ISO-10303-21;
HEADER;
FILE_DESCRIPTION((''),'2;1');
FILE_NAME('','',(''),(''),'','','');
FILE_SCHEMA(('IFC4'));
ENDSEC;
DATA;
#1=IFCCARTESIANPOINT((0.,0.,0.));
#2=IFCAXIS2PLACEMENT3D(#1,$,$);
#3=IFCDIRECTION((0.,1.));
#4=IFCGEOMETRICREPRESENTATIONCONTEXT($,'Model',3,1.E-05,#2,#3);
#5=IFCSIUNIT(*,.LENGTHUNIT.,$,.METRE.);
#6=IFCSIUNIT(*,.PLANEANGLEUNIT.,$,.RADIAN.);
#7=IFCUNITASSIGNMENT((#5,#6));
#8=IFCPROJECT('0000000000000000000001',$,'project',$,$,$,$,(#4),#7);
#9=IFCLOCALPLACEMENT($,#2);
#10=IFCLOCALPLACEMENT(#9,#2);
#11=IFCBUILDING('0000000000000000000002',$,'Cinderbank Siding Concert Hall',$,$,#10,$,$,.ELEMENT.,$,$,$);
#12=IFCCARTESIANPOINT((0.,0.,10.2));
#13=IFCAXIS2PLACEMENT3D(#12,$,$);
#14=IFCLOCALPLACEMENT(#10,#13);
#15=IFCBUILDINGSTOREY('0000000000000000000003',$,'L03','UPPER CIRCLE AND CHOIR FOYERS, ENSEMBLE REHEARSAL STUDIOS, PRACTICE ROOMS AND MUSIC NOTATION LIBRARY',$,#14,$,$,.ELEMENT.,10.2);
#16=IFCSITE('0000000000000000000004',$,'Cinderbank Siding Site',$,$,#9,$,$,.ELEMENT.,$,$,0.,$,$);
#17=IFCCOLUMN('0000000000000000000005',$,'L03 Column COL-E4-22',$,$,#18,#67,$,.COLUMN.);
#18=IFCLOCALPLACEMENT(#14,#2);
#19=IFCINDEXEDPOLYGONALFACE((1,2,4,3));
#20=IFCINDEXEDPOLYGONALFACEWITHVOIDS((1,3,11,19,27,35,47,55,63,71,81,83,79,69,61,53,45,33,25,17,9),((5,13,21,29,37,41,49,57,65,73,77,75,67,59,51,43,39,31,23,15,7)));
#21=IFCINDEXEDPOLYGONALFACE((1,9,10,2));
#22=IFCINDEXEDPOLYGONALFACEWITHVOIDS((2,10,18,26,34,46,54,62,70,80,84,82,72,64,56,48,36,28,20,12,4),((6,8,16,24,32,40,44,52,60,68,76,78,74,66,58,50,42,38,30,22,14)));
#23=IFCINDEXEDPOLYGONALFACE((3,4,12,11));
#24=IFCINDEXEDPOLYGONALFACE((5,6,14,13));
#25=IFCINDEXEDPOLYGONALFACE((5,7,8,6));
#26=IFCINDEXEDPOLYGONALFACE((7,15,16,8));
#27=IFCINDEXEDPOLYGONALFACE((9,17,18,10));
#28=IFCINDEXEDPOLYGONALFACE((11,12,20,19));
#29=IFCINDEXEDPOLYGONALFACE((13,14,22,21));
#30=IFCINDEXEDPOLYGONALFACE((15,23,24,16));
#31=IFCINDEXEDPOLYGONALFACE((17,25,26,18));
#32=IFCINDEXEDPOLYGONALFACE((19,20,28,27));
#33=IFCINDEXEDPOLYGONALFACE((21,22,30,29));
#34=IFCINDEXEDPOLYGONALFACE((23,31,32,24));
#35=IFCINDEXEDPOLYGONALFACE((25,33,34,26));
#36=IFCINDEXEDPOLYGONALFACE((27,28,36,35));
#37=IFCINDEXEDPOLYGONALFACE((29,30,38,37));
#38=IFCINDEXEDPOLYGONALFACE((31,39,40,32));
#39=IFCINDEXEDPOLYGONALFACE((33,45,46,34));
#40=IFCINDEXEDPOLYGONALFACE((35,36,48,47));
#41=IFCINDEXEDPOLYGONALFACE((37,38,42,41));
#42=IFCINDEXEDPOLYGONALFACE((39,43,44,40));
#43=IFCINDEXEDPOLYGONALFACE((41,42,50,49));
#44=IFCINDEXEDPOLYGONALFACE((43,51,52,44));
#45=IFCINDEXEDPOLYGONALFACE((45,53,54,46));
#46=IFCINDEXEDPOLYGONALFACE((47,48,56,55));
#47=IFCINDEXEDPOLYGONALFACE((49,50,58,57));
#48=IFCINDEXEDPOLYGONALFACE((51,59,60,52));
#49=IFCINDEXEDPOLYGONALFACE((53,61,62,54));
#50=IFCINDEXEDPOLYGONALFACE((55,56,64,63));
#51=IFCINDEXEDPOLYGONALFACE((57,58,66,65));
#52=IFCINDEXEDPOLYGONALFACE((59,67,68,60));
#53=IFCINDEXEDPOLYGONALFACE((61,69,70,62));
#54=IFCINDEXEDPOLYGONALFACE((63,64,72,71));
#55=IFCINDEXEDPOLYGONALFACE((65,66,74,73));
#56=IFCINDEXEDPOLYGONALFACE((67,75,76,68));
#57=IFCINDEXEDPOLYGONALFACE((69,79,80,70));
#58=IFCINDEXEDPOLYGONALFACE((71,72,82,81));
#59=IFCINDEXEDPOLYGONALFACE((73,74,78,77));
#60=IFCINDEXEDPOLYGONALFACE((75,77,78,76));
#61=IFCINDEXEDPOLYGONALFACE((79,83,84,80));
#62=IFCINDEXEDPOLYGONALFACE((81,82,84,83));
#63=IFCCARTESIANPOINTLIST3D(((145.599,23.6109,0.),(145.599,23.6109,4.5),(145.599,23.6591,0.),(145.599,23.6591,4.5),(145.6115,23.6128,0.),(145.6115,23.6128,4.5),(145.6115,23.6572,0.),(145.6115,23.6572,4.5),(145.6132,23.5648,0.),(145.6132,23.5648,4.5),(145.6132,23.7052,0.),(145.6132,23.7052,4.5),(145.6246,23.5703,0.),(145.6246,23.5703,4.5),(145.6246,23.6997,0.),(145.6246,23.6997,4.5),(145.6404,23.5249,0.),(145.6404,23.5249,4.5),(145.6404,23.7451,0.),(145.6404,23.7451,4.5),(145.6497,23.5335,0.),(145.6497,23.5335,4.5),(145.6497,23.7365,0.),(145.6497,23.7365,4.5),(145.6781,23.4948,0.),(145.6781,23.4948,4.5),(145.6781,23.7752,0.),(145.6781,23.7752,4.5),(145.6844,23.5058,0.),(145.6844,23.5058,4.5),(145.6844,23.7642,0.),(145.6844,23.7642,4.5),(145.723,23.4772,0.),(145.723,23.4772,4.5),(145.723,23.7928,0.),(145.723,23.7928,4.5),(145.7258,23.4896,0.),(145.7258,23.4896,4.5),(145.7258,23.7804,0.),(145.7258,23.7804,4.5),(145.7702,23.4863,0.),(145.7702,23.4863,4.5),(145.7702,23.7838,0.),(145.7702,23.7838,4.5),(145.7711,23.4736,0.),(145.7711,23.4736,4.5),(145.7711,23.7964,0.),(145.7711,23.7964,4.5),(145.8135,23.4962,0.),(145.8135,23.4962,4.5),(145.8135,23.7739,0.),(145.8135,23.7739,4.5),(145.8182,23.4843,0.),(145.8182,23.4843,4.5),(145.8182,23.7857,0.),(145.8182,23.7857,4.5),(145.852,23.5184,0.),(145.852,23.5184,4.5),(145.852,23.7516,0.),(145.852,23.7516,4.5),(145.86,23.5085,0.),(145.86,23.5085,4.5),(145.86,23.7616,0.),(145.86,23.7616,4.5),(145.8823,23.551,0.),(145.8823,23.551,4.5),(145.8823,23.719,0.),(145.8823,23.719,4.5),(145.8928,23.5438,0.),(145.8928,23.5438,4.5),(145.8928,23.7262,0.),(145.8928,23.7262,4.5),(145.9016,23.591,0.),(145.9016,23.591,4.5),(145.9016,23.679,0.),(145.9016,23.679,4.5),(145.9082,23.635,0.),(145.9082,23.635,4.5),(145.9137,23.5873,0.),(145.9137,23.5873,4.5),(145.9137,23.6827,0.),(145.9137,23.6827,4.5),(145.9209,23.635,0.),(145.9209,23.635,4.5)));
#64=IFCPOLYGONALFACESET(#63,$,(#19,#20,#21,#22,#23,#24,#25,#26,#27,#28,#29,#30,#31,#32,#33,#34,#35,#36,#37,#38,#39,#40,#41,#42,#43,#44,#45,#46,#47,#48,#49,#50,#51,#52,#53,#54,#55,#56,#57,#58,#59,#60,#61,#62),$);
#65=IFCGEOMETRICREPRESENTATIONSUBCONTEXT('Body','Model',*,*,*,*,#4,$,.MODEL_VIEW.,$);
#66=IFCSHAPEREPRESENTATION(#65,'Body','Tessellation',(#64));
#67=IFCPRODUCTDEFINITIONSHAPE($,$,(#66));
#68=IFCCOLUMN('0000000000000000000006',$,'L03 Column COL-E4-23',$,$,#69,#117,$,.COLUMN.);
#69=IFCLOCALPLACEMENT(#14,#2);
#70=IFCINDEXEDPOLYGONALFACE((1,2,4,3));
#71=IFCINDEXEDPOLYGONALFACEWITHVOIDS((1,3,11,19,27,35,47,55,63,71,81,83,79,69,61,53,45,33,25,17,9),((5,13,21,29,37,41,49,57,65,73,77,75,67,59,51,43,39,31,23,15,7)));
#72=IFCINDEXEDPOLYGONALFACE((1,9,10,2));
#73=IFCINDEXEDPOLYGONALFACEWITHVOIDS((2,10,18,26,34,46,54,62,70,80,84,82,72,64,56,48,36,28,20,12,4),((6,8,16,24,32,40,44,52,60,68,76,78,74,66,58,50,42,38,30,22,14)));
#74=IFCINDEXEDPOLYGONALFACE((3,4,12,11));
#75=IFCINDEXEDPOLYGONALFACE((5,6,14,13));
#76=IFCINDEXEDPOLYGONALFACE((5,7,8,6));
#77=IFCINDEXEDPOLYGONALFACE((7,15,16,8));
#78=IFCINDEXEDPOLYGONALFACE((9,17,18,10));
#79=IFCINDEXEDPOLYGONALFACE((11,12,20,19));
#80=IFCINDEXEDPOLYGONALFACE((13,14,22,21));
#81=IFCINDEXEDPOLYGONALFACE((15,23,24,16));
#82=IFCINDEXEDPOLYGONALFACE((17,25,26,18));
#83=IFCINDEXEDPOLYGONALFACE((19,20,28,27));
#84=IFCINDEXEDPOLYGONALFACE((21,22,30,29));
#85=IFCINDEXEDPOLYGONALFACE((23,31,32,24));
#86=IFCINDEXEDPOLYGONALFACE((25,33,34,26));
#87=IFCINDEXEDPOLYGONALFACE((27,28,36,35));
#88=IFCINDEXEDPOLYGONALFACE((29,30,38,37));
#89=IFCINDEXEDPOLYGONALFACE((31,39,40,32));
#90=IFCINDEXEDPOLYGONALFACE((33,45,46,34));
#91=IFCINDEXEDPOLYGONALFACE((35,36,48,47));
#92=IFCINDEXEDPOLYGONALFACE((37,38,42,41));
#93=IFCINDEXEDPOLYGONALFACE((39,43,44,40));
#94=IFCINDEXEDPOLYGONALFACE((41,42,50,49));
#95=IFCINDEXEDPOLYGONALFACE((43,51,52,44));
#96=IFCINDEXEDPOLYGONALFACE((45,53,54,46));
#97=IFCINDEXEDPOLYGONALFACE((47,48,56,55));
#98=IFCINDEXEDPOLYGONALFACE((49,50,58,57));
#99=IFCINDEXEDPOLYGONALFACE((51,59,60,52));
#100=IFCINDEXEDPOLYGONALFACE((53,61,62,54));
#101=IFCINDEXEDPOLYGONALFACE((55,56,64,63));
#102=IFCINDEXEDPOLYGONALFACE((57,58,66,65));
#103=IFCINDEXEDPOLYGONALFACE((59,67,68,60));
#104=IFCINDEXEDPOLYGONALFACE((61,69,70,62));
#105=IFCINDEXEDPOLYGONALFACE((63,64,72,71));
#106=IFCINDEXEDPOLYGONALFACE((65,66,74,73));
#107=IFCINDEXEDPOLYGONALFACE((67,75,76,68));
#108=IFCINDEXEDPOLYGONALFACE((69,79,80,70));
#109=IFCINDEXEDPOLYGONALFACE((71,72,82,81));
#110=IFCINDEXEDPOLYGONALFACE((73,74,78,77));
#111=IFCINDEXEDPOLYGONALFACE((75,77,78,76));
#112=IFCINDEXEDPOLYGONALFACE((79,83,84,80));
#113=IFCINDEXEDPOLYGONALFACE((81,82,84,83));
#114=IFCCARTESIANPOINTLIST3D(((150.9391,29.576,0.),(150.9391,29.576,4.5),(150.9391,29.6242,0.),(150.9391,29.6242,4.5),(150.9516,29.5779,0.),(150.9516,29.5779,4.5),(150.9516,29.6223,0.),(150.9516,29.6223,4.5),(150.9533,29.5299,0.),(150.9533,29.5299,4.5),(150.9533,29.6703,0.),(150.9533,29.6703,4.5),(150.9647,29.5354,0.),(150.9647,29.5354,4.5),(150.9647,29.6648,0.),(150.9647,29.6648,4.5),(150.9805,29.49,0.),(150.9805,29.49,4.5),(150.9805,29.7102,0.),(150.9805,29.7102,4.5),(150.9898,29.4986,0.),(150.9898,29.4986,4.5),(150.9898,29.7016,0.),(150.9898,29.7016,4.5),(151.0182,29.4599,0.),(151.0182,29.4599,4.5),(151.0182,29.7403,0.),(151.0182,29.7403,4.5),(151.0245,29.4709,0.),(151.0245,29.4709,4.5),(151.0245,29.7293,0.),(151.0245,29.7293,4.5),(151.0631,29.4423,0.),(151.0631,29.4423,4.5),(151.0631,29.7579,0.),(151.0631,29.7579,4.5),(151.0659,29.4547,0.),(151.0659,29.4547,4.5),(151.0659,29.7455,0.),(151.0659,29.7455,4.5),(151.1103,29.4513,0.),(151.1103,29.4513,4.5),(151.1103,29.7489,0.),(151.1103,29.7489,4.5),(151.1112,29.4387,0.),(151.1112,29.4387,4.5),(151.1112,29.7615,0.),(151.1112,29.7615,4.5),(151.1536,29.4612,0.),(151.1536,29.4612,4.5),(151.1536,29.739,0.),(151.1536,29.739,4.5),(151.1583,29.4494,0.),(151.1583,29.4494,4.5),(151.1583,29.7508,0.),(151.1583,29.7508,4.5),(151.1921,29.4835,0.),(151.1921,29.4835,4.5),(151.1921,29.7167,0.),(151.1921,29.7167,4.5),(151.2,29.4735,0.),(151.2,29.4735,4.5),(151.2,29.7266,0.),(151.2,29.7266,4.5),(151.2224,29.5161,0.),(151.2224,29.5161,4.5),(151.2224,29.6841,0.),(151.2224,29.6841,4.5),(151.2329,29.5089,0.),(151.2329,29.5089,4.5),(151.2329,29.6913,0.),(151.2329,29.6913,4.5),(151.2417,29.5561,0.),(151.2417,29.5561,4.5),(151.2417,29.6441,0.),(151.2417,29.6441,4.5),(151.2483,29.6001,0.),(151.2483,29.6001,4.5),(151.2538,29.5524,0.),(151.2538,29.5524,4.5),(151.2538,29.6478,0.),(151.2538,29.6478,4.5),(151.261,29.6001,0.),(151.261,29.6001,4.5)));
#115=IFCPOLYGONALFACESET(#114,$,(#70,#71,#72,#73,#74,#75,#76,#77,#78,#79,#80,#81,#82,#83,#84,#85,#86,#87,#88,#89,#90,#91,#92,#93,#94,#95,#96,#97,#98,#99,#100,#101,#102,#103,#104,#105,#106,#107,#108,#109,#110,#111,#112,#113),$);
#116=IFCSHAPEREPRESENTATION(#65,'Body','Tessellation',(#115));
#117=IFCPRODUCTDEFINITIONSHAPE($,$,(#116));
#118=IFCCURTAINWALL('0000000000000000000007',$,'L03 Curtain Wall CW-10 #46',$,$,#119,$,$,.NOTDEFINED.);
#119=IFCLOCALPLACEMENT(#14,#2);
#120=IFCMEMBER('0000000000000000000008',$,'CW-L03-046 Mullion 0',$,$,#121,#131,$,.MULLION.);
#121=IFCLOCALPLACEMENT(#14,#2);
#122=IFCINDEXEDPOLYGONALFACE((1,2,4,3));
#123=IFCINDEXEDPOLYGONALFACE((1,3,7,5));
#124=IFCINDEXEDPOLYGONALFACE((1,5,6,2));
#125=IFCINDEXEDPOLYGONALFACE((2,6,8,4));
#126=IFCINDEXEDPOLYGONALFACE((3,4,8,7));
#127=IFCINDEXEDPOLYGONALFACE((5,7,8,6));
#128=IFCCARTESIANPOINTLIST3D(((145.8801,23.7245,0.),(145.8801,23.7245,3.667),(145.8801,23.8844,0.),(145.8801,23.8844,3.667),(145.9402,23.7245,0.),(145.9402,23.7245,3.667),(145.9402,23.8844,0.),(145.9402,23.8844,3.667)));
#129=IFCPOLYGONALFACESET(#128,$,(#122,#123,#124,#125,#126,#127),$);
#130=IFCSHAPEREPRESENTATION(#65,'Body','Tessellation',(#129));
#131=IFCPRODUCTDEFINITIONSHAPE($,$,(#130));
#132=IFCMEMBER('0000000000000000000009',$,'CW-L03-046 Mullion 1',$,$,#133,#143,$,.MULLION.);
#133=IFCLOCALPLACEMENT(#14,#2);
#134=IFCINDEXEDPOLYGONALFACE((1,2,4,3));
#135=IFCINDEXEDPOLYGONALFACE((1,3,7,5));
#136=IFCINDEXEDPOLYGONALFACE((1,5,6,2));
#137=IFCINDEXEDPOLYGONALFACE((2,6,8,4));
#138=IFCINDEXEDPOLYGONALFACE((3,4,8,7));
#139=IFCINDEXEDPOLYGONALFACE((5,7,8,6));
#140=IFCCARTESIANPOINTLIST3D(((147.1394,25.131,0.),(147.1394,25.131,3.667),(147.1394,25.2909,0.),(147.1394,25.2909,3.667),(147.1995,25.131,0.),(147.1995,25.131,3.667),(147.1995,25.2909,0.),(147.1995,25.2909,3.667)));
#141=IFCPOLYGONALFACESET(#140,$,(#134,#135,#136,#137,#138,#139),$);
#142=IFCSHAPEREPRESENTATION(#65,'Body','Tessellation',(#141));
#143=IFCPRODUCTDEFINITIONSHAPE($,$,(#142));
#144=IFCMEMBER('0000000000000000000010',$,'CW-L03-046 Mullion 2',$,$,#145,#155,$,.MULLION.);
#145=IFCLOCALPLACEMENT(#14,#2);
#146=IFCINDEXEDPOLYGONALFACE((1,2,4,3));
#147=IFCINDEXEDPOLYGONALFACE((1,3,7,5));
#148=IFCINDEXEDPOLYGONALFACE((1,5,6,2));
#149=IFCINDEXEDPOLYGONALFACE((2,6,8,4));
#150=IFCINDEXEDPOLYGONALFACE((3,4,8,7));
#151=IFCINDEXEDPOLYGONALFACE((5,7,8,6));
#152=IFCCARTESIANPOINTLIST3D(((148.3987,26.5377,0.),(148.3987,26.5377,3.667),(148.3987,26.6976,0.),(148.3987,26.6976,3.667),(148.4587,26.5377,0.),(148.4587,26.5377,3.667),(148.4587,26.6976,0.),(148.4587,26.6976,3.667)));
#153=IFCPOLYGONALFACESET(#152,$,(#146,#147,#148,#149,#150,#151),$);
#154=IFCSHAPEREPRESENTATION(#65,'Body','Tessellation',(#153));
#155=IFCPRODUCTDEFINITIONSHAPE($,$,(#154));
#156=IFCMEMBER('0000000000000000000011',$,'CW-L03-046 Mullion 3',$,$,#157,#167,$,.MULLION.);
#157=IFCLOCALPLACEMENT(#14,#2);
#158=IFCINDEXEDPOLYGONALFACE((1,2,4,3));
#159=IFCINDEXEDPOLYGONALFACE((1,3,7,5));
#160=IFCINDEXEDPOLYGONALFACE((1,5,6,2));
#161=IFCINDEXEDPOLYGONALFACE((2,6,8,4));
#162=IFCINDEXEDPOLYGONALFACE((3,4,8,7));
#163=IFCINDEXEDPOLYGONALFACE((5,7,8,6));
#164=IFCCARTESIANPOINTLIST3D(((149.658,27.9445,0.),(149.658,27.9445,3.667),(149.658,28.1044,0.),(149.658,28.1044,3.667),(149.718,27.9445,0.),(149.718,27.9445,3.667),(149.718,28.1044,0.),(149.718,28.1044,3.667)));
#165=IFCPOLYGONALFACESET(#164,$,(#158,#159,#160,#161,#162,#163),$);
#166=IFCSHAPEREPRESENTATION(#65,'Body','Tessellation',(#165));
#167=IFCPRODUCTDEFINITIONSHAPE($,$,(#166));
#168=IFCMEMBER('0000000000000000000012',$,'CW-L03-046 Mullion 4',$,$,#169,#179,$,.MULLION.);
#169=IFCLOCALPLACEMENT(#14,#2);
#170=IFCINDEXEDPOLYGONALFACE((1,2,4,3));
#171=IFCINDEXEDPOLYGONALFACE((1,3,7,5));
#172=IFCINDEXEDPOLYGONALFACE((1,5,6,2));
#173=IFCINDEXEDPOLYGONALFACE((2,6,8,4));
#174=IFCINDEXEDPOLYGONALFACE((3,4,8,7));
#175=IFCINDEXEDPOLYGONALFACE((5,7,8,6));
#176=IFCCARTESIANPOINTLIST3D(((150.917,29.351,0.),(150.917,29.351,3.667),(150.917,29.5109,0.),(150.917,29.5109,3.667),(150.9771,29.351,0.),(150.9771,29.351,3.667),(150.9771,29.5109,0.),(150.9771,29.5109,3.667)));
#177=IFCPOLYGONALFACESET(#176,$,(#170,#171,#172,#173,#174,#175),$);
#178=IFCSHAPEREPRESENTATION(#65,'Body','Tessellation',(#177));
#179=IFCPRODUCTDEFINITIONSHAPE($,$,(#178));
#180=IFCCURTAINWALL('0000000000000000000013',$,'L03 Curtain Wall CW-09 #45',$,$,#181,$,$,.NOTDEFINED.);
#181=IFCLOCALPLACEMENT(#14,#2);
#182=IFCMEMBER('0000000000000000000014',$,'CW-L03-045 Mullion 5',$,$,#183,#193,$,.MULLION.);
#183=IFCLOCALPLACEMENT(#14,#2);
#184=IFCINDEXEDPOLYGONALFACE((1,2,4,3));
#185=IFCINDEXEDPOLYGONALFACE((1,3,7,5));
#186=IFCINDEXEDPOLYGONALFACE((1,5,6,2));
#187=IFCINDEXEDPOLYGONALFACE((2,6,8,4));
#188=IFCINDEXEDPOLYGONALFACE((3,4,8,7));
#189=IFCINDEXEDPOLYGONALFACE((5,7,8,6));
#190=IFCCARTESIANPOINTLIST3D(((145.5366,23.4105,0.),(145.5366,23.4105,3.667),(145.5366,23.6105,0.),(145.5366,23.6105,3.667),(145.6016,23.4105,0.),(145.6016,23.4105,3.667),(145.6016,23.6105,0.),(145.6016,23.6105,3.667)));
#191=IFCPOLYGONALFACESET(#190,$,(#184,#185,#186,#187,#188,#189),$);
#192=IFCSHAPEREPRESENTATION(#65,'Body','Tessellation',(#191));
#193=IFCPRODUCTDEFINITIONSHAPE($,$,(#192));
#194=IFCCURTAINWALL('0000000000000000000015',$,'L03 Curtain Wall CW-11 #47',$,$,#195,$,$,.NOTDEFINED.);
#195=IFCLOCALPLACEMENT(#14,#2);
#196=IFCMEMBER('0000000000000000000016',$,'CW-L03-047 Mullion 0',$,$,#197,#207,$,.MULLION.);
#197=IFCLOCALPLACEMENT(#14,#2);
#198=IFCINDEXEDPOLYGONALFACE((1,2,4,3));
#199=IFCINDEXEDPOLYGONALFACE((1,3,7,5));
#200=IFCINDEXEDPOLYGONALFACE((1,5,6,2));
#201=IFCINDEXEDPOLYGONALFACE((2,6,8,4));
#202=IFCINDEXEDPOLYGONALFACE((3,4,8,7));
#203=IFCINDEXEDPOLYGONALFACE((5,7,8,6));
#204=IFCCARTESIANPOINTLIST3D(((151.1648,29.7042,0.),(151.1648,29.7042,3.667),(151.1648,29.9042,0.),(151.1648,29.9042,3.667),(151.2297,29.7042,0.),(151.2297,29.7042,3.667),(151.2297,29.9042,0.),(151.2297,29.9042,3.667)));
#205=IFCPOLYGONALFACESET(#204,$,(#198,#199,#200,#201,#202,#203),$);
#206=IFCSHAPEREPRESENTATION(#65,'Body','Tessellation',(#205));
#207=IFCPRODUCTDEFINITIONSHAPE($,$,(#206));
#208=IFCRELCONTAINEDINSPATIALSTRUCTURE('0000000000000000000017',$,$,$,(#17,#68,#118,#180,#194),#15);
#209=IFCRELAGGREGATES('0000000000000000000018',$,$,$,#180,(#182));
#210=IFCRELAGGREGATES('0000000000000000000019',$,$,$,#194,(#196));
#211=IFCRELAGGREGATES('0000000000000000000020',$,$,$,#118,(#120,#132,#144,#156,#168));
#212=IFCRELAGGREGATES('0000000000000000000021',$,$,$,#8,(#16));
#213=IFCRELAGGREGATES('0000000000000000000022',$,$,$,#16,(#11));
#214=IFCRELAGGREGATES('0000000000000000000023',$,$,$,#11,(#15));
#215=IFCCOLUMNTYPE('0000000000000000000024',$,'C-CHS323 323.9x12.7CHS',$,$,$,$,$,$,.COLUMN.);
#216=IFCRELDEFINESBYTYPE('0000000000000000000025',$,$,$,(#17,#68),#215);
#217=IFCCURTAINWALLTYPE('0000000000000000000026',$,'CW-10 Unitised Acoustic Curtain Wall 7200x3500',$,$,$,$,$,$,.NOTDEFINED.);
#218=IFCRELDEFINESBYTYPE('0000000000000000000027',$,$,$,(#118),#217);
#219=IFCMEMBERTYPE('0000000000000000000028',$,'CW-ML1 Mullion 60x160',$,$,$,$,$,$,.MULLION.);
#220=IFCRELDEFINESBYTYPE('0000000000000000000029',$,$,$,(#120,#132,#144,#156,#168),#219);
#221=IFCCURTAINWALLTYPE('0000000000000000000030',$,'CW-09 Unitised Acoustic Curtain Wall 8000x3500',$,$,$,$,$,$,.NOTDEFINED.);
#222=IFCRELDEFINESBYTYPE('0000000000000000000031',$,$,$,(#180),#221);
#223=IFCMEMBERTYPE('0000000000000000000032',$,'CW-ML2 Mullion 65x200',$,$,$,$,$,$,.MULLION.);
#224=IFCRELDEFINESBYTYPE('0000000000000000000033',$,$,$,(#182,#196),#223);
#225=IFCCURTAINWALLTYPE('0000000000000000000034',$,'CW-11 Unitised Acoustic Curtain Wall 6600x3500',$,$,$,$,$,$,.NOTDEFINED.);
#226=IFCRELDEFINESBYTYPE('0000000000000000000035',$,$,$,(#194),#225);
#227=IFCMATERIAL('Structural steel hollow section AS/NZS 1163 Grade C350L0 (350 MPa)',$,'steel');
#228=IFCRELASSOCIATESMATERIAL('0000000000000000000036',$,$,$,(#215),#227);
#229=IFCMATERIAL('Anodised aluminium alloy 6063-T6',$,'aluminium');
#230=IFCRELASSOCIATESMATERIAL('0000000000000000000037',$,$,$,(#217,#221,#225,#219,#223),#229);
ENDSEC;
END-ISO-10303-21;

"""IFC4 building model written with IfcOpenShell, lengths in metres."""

from ifc_helpers import new_model, si_unit, direction, frame, origin, origin_2d, place, context, subcontext, project, spatial, rectangle, hollow_circle, extrude, material, material_profile, profile_set, type_object, element, aggregate, save


model = new_model("IFC4")

# Units and contexts
model_context = context("Model", 3, precision=1e-05, world=origin(), true_north=direction((0.0, 1.0)))
body_context = subcontext(model_context, "Body", "Model", "MODEL_VIEW")
ifc_project = project(units=[si_unit("LENGTHUNIT", "METRE"), si_unit("PLANEANGLEUNIT", "RADIAN")], contexts=[model_context])

# Site, building, storey
site_placement = place(None, origin())
site = spatial("IfcSite", under=ifc_project, at=site_placement, Name="Cinderbank Siding Site", CompositionType="ELEMENT", RefElevation=0.0)
building_placement = place(site_placement, origin())
building = spatial("IfcBuilding", under=site, at=building_placement, Name="Cinderbank Siding Concert Hall", CompositionType="ELEMENT")
storey_placement = place(building_placement, frame((0.0, 0.0, 10.2)))
storey = spatial("IfcBuildingStorey", under=building, at=storey_placement, Name="L03", Description="UPPER CIRCLE AND CHOIR FOYERS, ENSEMBLE REHEARSAL STUDIOS, PRACTICE ROOMS AND MUSIC NOTATION LIBRARY", CompositionType="ELEMENT", Elevation=10.2)

# Columns
ifc_material_1 = material(Name="Structural steel hollow section AS/NZS 1163 Grade C350L0 (350 MPa)", Category="steel")
ifc_material_profile_1 = material_profile(ifc_material_1, hollow_circle(Radius=0.1619, WallThickness=0.0127, at=origin_2d()), Name="323.9x12.7CHS", Category="LoadBearing")
ifc_profile_set_1 = profile_set([ifc_material_profile_1], Name="Structural steel hollow section AS/NZS 1163 Grade C350L0 (350 MPa)")
column_type = type_object("IfcColumnType", Name="C-CHS323 323.9x12.7CHS", PredefinedType="COLUMN", material=ifc_profile_set_1)
for number, where, z_axis, x_axis, name in (
    (1, (145.759, 23.635, 0.0), (0.0, 0.0, 1.0), (1.0, 0.0, 0.0), "L03 Column COL-E4-22"),
    (2, (151.0991, 29.6001, 0.0), (0.0, 0.0, 1.0), (1.0, 0.0, 0.0), "L03 Column COL-E4-23"),
):
    element("IfcColumn", number, at=place(storey_placement, frame(where, z_axis=z_axis, x_axis=x_axis)), inside=storey, type_object=column_type, Name=name, PredefinedType="COLUMN", context=body_context, shape_type="SweptSolid", body=[
        extrude(hollow_circle(Radius=0.1619, WallThickness=0.0127, at=origin_2d()), origin(), (0.0, 0.0, 1.0), 4.5),
    ])

# Curtain wall, members
ifc_material_2 = material(Name="Anodised aluminium alloy 6063-T6", Category="aluminium")
curtain_wall_type_1 = type_object("IfcCurtainWallType", Name="CW-10 Unitised Acoustic Curtain Wall 7200x3500", PredefinedType="NOTDEFINED", material=ifc_material_2)
curtain_wall_1_placement = place(storey_placement, origin())
curtain_wall_1 = element("IfcCurtainWall", 3, at=curtain_wall_1_placement, inside=storey, type_object=curtain_wall_type_1, Name="L03 Curtain Wall CW-10 #46", PredefinedType="NOTDEFINED")
ifc_material_profile_2 = material_profile(ifc_material_2, rectangle(XDim=0.0601, YDim=0.1599, at=origin_2d()), Name="ALU-MULL-60x160", Category="LoadBearing")
ifc_profile_set_2 = profile_set([ifc_material_profile_2], Name="Anodised aluminium alloy 6063-T6")
member_type_1 = type_object("IfcMemberType", Name="CW-ML1 Mullion 60x160", PredefinedType="MULLION", material=ifc_profile_set_2)
member_1_placement = place(storey_placement, frame((145.9102, 23.8044, 0.0), z_axis=(0.0, 0.0, 1.0), x_axis=(1.0, 0.0, 0.0)))
member_1 = element("IfcMember", 4, at=member_1_placement, type_object=member_type_1, Name="CW-L03-046 Mullion 0", PredefinedType="MULLION", context=body_context, shape_type="SweptSolid", body=[
    extrude(rectangle(XDim=0.0601, YDim=0.1599, at=origin_2d()), origin(), (0.0, 0.0, 1.0), 3.667),
])
member_2_placement = place(storey_placement, frame((147.1694, 25.2109, 0.0), z_axis=(0.0, 0.0, 1.0), x_axis=(1.0, 0.0, 0.0)))
member_2 = element("IfcMember", 5, at=member_2_placement, type_object=member_type_1, Name="CW-L03-046 Mullion 1", PredefinedType="MULLION", context=body_context, shape_type="SweptSolid", body=[
    extrude(rectangle(XDim=0.0601, YDim=0.1599, at=origin_2d()), origin(), (0.0, 0.0, 1.0), 3.667),
])
member_3_placement = place(storey_placement, frame((148.4287, 26.6177, 0.0), z_axis=(0.0, 0.0, 1.0), x_axis=(1.0, 0.0, 0.0)))
member_3 = element("IfcMember", 6, at=member_3_placement, type_object=member_type_1, Name="CW-L03-046 Mullion 2", PredefinedType="MULLION", context=body_context, shape_type="SweptSolid", body=[
    extrude(rectangle(XDim=0.0601, YDim=0.1599, at=origin_2d()), origin(), (0.0, 0.0, 1.0), 3.667),
])
member_4_placement = place(storey_placement, frame((149.688, 28.0244, 0.0), z_axis=(0.0, 0.0, 1.0), x_axis=(1.0, 0.0, 0.0)))
member_4 = element("IfcMember", 7, at=member_4_placement, type_object=member_type_1, Name="CW-L03-046 Mullion 3", PredefinedType="MULLION", context=body_context, shape_type="SweptSolid", body=[
    extrude(rectangle(XDim=0.0601, YDim=0.1599, at=origin_2d()), origin(), (0.0, 0.0, 1.0), 3.667),
])
member_5_placement = place(storey_placement, frame((150.947, 29.4309, 0.0), z_axis=(0.0, 0.0, 1.0), x_axis=(1.0, 0.0, 0.0)))
member_5 = element("IfcMember", 8, at=member_5_placement, type_object=member_type_1, Name="CW-L03-046 Mullion 4", PredefinedType="MULLION", context=body_context, shape_type="SweptSolid", body=[
    extrude(rectangle(XDim=0.0601, YDim=0.1599, at=origin_2d()), origin(), (0.0, 0.0, 1.0), 3.667),
])

# Curtain walls, members
curtain_wall_type_2 = type_object("IfcCurtainWallType", Name="CW-09 Unitised Acoustic Curtain Wall 8000x3500", PredefinedType="NOTDEFINED", material=ifc_material_2)
curtain_wall_2_placement = place(storey_placement, origin())
curtain_wall_2 = element("IfcCurtainWall", 9, at=curtain_wall_2_placement, inside=storey, type_object=curtain_wall_type_2, Name="L03 Curtain Wall CW-09 #45", PredefinedType="NOTDEFINED")
ifc_material_profile_3 = material_profile(ifc_material_2, rectangle(XDim=0.0649, YDim=0.2, at=origin_2d()), Name="ALU-MULL-65x200", Category="LoadBearing")
ifc_profile_set_3 = profile_set([ifc_material_profile_3], Name="Anodised aluminium alloy 6063-T6")
member_type_2 = type_object("IfcMemberType", Name="CW-ML2 Mullion 65x200", PredefinedType="MULLION", material=ifc_profile_set_3)
member_6_placement = place(storey_placement, frame((145.5691, 23.5105, 0.0), z_axis=(0.0, 0.0, 1.0), x_axis=(1.0, 0.0, 0.0)))
member_6 = element("IfcMember", 10, at=member_6_placement, type_object=member_type_2, Name="CW-L03-045 Mullion 5", PredefinedType="MULLION", context=body_context, shape_type="SweptSolid", body=[
    extrude(rectangle(XDim=0.0649, YDim=0.2, at=origin_2d()), origin(), (0.0, 0.0, 1.0), 3.667),
])
aggregate(curtain_wall_2, [member_6])
curtain_wall_type_3 = type_object("IfcCurtainWallType", Name="CW-11 Unitised Acoustic Curtain Wall 6600x3500", PredefinedType="NOTDEFINED", material=ifc_material_2)
curtain_wall_3_placement = place(storey_placement, origin())
curtain_wall_3 = element("IfcCurtainWall", 11, at=curtain_wall_3_placement, inside=storey, type_object=curtain_wall_type_3, Name="L03 Curtain Wall CW-11 #47", PredefinedType="NOTDEFINED")
member_7_placement = place(storey_placement, frame((151.1973, 29.8042, 0.0), z_axis=(0.0, 0.0, 1.0), x_axis=(1.0, 0.0, 0.0)))
member_7 = element("IfcMember", 12, at=member_7_placement, type_object=member_type_2, Name="CW-L03-047 Mullion 0", PredefinedType="MULLION", context=body_context, shape_type="SweptSolid", body=[
    extrude(rectangle(XDim=0.0649, YDim=0.2, at=origin_2d()), origin(), (0.0, 0.0, 1.0), 3.667),
])

aggregate(curtain_wall_3, [member_7])

aggregate(curtain_wall_1, [member_1, member_2, member_3, member_4, member_5])

save(model, "model.ifc")
